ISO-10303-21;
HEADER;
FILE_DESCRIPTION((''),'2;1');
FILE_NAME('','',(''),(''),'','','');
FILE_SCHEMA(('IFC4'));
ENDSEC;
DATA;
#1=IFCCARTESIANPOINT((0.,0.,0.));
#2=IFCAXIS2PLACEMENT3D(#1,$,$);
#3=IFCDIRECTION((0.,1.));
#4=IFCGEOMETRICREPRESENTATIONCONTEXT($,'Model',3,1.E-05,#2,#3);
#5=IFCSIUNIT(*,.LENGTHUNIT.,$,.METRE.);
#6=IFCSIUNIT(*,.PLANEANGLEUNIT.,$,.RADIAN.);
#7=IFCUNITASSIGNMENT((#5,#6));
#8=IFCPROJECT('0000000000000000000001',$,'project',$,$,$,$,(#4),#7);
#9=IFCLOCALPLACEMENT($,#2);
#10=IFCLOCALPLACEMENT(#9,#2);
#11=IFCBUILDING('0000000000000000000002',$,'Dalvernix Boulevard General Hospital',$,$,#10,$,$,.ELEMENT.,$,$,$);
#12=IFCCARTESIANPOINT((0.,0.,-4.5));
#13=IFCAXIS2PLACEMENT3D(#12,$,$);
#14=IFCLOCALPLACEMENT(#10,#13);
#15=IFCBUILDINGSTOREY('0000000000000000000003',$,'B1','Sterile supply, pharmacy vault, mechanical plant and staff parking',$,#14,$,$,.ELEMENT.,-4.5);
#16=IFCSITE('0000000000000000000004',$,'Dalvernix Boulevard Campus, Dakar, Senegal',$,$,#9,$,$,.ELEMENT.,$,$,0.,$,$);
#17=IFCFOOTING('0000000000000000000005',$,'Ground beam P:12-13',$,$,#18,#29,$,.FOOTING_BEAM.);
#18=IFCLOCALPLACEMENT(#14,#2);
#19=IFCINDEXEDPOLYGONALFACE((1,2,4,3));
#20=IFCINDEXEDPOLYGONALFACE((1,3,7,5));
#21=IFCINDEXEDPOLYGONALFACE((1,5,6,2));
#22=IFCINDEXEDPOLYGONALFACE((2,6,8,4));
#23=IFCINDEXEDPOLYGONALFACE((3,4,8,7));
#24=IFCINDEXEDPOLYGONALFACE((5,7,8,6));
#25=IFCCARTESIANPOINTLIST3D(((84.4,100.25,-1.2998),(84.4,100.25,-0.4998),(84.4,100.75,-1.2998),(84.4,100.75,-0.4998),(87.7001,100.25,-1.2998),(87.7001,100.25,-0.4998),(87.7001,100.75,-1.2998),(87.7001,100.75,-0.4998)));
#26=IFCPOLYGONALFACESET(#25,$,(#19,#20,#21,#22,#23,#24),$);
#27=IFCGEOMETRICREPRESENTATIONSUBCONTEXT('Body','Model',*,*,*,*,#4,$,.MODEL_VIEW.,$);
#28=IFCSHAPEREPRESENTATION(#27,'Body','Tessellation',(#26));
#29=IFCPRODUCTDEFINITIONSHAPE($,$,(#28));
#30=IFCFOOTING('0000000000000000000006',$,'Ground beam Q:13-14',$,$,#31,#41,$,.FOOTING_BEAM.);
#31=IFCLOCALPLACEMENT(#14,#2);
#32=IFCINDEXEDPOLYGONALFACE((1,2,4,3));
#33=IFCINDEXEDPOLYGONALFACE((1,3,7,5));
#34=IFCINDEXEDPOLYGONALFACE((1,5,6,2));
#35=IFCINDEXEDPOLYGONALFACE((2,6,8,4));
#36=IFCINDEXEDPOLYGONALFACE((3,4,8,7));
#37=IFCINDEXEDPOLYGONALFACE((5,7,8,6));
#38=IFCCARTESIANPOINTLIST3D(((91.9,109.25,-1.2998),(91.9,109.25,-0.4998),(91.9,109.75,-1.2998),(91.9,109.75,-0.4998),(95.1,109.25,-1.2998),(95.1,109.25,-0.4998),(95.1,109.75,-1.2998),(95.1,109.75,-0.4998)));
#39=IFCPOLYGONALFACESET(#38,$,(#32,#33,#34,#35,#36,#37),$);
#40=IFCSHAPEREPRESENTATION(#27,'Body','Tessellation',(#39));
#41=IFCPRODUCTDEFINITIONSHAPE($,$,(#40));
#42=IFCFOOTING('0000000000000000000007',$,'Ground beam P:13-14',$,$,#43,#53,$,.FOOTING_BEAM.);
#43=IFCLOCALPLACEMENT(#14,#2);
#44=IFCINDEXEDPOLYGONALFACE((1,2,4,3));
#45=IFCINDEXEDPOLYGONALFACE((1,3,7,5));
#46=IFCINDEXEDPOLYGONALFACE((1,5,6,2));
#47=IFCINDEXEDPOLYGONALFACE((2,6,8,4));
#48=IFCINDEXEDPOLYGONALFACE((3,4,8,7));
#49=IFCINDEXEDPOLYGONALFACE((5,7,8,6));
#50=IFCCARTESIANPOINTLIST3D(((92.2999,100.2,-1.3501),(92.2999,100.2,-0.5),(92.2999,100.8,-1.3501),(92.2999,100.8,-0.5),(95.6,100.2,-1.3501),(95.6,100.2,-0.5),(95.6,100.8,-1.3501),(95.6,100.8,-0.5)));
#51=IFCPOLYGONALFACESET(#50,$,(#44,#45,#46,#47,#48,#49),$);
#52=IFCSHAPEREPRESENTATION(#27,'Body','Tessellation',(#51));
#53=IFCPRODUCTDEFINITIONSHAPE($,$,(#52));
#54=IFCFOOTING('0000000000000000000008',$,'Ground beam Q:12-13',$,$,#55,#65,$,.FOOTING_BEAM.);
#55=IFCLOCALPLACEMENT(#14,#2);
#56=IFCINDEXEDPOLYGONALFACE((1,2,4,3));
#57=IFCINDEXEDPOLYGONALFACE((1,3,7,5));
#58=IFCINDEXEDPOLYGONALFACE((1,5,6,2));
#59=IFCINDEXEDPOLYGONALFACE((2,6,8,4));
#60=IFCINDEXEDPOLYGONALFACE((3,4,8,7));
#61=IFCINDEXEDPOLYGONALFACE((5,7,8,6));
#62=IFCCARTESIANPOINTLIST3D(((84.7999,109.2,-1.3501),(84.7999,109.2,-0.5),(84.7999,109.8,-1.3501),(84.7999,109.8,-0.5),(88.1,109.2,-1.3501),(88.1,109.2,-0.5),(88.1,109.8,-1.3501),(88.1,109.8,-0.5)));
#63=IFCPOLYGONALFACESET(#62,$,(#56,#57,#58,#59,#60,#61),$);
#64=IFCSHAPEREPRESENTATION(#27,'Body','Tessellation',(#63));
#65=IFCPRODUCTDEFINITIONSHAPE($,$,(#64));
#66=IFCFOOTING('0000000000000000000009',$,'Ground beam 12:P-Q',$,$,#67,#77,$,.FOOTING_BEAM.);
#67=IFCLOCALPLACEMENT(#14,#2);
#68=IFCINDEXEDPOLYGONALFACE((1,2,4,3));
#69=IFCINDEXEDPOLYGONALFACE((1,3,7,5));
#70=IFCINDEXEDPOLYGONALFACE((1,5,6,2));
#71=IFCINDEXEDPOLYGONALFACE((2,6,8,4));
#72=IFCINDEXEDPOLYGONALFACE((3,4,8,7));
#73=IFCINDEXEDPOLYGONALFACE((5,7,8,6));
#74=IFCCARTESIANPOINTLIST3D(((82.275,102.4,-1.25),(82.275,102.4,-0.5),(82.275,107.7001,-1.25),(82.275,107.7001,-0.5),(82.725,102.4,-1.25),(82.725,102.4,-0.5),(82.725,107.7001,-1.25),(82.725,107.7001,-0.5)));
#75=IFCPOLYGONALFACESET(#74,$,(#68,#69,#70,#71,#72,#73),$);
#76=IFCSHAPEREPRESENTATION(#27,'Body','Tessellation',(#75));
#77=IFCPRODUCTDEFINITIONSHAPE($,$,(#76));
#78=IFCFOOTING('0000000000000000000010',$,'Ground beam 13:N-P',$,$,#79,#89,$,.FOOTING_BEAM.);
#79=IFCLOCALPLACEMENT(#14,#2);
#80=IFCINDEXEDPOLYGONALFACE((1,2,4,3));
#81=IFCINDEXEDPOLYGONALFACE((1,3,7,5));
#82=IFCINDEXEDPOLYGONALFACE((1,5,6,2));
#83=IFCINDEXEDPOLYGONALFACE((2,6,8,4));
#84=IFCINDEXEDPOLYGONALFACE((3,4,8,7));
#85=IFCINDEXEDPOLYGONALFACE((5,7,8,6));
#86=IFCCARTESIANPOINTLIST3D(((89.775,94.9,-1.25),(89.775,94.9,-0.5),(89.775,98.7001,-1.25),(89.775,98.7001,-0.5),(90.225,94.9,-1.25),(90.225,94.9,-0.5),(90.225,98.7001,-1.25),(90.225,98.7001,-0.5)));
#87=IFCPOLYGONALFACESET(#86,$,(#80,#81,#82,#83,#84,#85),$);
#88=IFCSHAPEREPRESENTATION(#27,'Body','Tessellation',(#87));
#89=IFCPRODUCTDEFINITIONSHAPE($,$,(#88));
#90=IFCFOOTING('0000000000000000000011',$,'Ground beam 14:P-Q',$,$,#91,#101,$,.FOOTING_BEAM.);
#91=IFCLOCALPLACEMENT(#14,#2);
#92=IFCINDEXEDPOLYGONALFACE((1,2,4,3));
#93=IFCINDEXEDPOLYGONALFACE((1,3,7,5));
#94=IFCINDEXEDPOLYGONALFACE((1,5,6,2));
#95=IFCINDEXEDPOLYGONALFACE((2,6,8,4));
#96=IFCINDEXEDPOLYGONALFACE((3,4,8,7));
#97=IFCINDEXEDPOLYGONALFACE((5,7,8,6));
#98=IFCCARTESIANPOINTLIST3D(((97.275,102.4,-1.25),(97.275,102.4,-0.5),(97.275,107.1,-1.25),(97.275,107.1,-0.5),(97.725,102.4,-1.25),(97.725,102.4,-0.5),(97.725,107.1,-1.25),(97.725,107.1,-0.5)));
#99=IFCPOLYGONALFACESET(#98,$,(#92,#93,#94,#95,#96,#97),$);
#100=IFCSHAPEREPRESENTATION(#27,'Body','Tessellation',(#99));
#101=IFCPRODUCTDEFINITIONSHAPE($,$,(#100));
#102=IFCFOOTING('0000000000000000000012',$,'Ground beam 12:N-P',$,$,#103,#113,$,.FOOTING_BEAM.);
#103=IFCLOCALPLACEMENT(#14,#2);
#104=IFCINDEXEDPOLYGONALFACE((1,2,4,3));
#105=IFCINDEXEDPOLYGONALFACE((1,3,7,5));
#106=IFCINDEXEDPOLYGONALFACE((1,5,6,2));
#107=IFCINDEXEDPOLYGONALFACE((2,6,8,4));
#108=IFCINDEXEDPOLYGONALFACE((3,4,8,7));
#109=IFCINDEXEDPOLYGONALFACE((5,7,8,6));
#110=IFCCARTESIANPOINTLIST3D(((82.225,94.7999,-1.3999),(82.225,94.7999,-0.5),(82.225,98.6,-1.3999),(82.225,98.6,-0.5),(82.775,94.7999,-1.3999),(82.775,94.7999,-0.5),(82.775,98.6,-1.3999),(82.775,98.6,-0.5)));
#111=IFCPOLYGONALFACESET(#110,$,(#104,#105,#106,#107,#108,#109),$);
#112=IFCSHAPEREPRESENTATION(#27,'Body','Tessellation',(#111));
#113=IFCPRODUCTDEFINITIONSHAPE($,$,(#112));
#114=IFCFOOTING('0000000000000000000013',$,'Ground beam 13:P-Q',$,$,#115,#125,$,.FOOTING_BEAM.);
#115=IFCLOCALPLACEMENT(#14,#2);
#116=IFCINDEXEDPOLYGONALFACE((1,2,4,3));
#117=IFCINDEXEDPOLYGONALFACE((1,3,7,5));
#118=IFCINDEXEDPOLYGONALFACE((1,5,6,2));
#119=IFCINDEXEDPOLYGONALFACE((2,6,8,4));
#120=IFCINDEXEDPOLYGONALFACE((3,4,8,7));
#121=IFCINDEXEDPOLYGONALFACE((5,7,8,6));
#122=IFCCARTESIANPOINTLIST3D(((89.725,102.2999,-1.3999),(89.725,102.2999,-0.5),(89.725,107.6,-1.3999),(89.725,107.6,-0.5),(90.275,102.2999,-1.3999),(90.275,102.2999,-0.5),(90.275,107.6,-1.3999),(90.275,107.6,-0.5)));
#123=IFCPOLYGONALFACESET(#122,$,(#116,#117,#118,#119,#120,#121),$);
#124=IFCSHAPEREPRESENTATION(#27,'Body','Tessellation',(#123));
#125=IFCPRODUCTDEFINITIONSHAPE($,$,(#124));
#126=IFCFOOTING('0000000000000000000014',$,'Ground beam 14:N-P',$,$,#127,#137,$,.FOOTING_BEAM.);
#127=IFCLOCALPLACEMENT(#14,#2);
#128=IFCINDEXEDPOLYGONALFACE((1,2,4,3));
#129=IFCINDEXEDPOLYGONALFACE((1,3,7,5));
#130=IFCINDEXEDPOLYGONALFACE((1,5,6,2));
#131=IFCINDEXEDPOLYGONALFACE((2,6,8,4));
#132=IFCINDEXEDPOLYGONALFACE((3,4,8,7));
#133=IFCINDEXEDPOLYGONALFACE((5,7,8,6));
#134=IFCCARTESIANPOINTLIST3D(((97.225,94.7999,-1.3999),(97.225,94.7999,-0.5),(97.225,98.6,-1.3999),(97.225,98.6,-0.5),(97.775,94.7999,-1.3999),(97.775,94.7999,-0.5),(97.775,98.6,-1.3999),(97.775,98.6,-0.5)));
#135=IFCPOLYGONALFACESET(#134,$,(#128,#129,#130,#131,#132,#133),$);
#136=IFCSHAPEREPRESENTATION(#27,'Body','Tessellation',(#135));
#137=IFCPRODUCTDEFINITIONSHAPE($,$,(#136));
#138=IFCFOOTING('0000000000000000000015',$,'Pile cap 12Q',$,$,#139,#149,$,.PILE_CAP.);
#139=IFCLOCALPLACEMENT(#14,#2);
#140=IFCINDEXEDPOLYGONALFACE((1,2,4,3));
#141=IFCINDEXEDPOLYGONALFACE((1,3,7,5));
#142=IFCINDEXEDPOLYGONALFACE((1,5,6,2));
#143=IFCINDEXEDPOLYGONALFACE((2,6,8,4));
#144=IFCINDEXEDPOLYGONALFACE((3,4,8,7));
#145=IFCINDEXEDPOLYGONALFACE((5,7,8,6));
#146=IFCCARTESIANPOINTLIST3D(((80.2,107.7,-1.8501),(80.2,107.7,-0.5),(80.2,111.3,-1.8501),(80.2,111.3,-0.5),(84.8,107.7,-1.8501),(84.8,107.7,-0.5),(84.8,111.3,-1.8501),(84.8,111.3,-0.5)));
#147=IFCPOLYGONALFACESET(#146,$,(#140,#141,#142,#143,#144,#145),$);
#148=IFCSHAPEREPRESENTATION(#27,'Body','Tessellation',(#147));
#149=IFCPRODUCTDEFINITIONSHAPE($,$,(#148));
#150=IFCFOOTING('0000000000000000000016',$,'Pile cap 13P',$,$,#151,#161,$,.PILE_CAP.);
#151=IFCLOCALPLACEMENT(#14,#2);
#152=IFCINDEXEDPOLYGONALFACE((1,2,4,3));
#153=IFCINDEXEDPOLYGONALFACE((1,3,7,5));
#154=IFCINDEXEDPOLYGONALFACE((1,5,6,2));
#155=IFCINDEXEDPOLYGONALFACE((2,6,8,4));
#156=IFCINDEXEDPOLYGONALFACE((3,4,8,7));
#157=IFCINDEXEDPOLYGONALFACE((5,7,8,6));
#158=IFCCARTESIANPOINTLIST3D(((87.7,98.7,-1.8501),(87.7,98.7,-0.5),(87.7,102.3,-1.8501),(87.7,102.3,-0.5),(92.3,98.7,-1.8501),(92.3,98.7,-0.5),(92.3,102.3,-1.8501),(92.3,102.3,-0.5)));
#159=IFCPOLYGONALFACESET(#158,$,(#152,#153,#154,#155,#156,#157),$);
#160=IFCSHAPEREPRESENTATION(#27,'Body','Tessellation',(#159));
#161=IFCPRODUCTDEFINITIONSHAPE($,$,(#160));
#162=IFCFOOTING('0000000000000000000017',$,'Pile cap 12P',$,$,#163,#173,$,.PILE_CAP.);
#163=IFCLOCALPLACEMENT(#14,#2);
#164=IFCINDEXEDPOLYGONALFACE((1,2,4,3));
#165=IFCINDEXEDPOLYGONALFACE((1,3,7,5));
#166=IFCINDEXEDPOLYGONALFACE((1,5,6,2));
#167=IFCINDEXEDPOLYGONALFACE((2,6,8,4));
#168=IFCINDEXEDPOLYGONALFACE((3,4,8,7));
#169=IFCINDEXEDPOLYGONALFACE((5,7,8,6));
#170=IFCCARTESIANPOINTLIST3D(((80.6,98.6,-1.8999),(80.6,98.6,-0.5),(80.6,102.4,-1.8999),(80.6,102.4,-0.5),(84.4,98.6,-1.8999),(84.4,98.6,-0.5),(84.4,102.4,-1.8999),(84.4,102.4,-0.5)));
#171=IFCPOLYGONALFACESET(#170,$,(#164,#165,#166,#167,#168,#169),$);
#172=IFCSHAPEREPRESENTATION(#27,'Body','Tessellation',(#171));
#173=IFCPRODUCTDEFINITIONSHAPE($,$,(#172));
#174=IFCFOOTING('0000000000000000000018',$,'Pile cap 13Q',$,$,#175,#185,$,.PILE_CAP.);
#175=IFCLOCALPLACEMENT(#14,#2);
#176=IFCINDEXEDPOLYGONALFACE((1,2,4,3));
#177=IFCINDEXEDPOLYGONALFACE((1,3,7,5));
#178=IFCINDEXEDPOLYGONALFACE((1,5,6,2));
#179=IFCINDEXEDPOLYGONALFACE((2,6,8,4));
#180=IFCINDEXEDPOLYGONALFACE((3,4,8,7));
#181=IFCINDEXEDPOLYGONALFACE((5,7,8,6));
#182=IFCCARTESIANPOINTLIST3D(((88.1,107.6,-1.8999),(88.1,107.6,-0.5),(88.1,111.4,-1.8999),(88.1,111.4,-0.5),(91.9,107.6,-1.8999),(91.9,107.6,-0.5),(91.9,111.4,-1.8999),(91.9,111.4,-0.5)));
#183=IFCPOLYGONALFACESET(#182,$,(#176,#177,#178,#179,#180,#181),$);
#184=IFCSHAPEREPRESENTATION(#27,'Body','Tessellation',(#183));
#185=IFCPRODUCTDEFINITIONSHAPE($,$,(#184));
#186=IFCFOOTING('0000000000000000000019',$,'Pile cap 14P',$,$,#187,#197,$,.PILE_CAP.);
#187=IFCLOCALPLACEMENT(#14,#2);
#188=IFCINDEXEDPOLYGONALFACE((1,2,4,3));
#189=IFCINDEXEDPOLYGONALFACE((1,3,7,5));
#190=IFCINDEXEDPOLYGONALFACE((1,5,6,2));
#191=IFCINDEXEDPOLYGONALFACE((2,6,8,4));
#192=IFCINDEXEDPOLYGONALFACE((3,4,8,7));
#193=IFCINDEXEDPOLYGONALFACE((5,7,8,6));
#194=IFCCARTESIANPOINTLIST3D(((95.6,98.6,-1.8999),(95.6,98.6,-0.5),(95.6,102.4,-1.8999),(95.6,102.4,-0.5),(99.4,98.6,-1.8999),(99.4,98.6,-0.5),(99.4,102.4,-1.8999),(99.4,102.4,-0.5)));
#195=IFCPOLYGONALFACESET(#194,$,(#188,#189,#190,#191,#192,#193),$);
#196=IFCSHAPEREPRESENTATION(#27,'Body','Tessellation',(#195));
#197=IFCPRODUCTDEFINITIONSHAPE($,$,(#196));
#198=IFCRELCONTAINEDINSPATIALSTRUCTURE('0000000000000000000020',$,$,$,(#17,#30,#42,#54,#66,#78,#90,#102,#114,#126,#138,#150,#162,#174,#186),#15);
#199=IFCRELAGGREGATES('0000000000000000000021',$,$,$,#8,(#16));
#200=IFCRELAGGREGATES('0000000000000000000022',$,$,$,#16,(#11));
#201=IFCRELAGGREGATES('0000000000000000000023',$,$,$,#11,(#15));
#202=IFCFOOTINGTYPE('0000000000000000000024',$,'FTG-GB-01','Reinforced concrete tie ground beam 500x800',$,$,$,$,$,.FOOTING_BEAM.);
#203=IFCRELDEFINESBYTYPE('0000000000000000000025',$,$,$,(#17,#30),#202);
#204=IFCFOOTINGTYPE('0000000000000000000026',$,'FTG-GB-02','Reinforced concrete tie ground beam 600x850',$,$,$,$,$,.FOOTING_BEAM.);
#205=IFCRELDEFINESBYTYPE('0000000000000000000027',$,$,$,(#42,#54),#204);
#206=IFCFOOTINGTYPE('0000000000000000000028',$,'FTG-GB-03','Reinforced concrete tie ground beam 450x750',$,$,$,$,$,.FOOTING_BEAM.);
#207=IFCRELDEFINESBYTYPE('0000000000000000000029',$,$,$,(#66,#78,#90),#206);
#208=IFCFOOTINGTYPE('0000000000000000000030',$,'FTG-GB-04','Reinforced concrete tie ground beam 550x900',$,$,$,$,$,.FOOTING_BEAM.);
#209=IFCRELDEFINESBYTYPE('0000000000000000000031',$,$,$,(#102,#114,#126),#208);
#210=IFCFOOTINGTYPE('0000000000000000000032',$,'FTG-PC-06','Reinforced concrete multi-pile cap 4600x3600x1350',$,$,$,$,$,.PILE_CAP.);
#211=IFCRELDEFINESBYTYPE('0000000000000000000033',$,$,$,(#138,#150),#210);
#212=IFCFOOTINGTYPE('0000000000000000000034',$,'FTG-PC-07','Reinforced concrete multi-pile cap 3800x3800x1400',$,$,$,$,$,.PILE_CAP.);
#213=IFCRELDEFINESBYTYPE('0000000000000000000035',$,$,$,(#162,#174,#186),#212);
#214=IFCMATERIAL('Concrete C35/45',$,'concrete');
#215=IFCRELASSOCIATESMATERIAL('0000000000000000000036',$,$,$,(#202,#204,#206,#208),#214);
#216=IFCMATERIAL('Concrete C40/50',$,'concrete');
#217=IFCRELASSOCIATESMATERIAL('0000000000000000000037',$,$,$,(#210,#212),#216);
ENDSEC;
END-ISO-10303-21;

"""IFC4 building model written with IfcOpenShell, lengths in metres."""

from ifc_helpers import new_model, si_unit, direction, frame, origin, origin_2d, place, context, subcontext, project, spatial, rectangle, extrude, material, type_object, element, save


model = new_model("IFC4")

# Units and contexts
model_context = context("Model", 3, precision=1e-05, world=origin(), true_north=direction((0.0, 1.0)))
body_context = subcontext(model_context, "Body", "Model", "MODEL_VIEW")
ifc_project = project(units=[si_unit("LENGTHUNIT", "METRE"), si_unit("PLANEANGLEUNIT", "RADIAN")], contexts=[model_context])

# Site, building, storey
site_placement = place(None, origin())
site = spatial("IfcSite", under=ifc_project, at=site_placement, Name="Dalvernix Boulevard Campus, Dakar, Senegal", CompositionType="ELEMENT", RefElevation=0.0)
building_placement = place(site_placement, origin())
building = spatial("IfcBuilding", under=site, at=building_placement, Name="Dalvernix Boulevard General Hospital", CompositionType="ELEMENT")
storey_placement = place(building_placement, frame((0.0, 0.0, -4.5)))
storey = spatial("IfcBuildingStorey", under=building, at=storey_placement, Name="B1", Description="Sterile supply, pharmacy vault, mechanical plant and staff parking", CompositionType="ELEMENT", Elevation=-4.5)

# Footings
ifc_material_1 = material(Name="Concrete C35/45", Category="concrete")
footing_type_1 = type_object("IfcFootingType", Name="FTG-GB-01", Description="Reinforced concrete tie ground beam 500x800", PredefinedType="FOOTING_BEAM", material=ifc_material_1)
footing_1_placement = place(storey_placement, frame((86.05, 100.5, -1.2998), z_axis=(0.0, 0.0, 1.0), x_axis=(1.0, 0.0, 0.0)))
element("IfcFooting", 1, at=footing_1_placement, inside=storey, type_object=footing_type_1, Name="Ground beam P:12-13", PredefinedType="FOOTING_BEAM", context=body_context, shape_type="SweptSolid", body=[
    extrude(rectangle(XDim=3.3, YDim=0.5, at=origin_2d()), origin(), (0.0, 0.0, 1.0), 0.8),
])
footing_2_placement = place(storey_placement, frame((93.5, 109.5, -1.2998), z_axis=(0.0, 0.0, 1.0), x_axis=(1.0, 0.0, 0.0)))
element("IfcFooting", 2, at=footing_2_placement, inside=storey, type_object=footing_type_1, Name="Ground beam Q:13-14", PredefinedType="FOOTING_BEAM", context=body_context, shape_type="SweptSolid", body=[
    extrude(rectangle(XDim=3.2, YDim=0.5, at=origin_2d()), origin(), (0.0, 0.0, 1.0), 0.8),
])
footing_type_2 = type_object("IfcFootingType", Name="FTG-GB-02", Description="Reinforced concrete tie ground beam 600x850", PredefinedType="FOOTING_BEAM", material=ifc_material_1)
for number, where, z_axis, x_axis, name in (
    (3, (93.95, 100.5, -1.3501), (0.0, 0.0, 1.0), (1.0, 0.0, 0.0), "Ground beam P:13-14"),
    (4, (86.45, 109.5, -1.3501), (0.0, 0.0, 1.0), (1.0, 0.0, 0.0), "Ground beam Q:12-13"),
):
    element("IfcFooting", number, at=place(storey_placement, frame(where, z_axis=z_axis, x_axis=x_axis)), inside=storey, type_object=footing_type_2, Name=name, PredefinedType="FOOTING_BEAM", context=body_context, shape_type="SweptSolid", body=[
        extrude(rectangle(XDim=3.3, YDim=0.6001, at=origin_2d()), origin(), (0.0, 0.0, 1.0), 0.8501),
    ])
footing_type_3 = type_object("IfcFootingType", Name="FTG-GB-03", Description="Reinforced concrete tie ground beam 450x750", PredefinedType="FOOTING_BEAM", material=ifc_material_1)
footing_3_placement = place(storey_placement, frame((82.5, 105.05, -1.25), z_axis=(0.0, 0.0, 1.0), x_axis=(0.0, 1.0, 0.0)))
element("IfcFooting", 5, at=footing_3_placement, inside=storey, type_object=footing_type_3, Name="Ground beam 12:P-Q", PredefinedType="FOOTING_BEAM", context=body_context, shape_type="SweptSolid", body=[
    extrude(rectangle(XDim=5.3, YDim=0.45, at=origin_2d()), origin(), (0.0, 0.0, 1.0), 0.75),
])
footing_4_placement = place(storey_placement, frame((90.0, 96.8, -1.25), z_axis=(0.0, 0.0, 1.0), x_axis=(0.0, 1.0, 0.0)))
element("IfcFooting", 6, at=footing_4_placement, inside=storey, type_object=footing_type_3, Name="Ground beam 13:N-P", PredefinedType="FOOTING_BEAM", context=body_context, shape_type="SweptSolid", body=[
    extrude(rectangle(XDim=3.8, YDim=0.45, at=origin_2d()), origin(), (0.0, 0.0, 1.0), 0.75),
])
footing_5_placement = place(storey_placement, frame((97.5, 104.75, -1.25), z_axis=(0.0, 0.0, 1.0), x_axis=(0.0, 1.0, 0.0)))
element("IfcFooting", 7, at=footing_5_placement, inside=storey, type_object=footing_type_3, Name="Ground beam 14:P-Q", PredefinedType="FOOTING_BEAM", context=body_context, shape_type="SweptSolid", body=[
    extrude(rectangle(XDim=4.7, YDim=0.45, at=origin_2d()), origin(), (0.0, 0.0, 1.0), 0.75),
])
footing_type_4 = type_object("IfcFootingType", Name="FTG-GB-04", Description="Reinforced concrete tie ground beam 550x900", PredefinedType="FOOTING_BEAM", material=ifc_material_1)
footing_6_placement = place(storey_placement, frame((82.5, 96.7, -1.3999), z_axis=(0.0, 0.0, 1.0), x_axis=(0.0, 1.0, 0.0)))
element("IfcFooting", 8, at=footing_6_placement, inside=storey, type_object=footing_type_4, Name="Ground beam 12:N-P", PredefinedType="FOOTING_BEAM", context=body_context, shape_type="SweptSolid", body=[
    extrude(rectangle(XDim=3.8, YDim=0.55, at=origin_2d()), origin(), (0.0, 0.0, 1.0), 0.8999),
])
footing_7_placement = place(storey_placement, frame((90.0, 104.95, -1.3999), z_axis=(0.0, 0.0, 1.0), x_axis=(0.0, 1.0, 0.0)))
element("IfcFooting", 9, at=footing_7_placement, inside=storey, type_object=footing_type_4, Name="Ground beam 13:P-Q", PredefinedType="FOOTING_BEAM", context=body_context, shape_type="SweptSolid", body=[
    extrude(rectangle(XDim=5.3, YDim=0.55, at=origin_2d()), origin(), (0.0, 0.0, 1.0), 0.8999),
])
footing_8_placement = place(storey_placement, frame((97.5, 96.7, -1.3999), z_axis=(0.0, 0.0, 1.0), x_axis=(0.0, 1.0, 0.0)))
element("IfcFooting", 10, at=footing_8_placement, inside=storey, type_object=footing_type_4, Name="Ground beam 14:N-P", PredefinedType="FOOTING_BEAM", context=body_context, shape_type="SweptSolid", body=[
    extrude(rectangle(XDim=3.8, YDim=0.55, at=origin_2d()), origin(), (0.0, 0.0, 1.0), 0.8999),
])
ifc_material_2 = material(Name="Concrete C40/50", Category="concrete")
footing_type_5 = type_object("IfcFootingType", Name="FTG-PC-06", Description="Reinforced concrete multi-pile cap 4600x3600x1350", PredefinedType="PILE_CAP", material=ifc_material_2)
for number, where, z_axis, x_axis, name in (
    (11, (82.5, 109.5, -1.8501), (0.0, 0.0, 1.0), (1.0, 0.0, 0.0), "Pile cap 12Q"),
    (12, (90.0, 100.5, -1.8501), (0.0, 0.0, 1.0), (1.0, 0.0, 0.0), "Pile cap 13P"),
):
    element("IfcFooting", number, at=place(storey_placement, frame(where, z_axis=z_axis, x_axis=x_axis)), inside=storey, type_object=footing_type_5, Name=name, PredefinedType="PILE_CAP", context=body_context, shape_type="SweptSolid", body=[
        extrude(rectangle(XDim=4.6001, YDim=3.6001, at=origin_2d()), origin(), (0.0, 0.0, 1.0), 1.3501),
    ])
footing_type_6 = type_object("IfcFootingType", Name="FTG-PC-07", Description="Reinforced concrete multi-pile cap 3800x3800x1400", PredefinedType="PILE_CAP", material=ifc_material_2)
for number, where, z_axis, x_axis, name in (
    (13, (82.5, 100.5, -1.8999), (0.0, 0.0, 1.0), (1.0, 0.0, 0.0), "Pile cap 12P"),
    (14, (90.0, 109.5, -1.8999), (0.0, 0.0, 1.0), (1.0, 0.0, 0.0), "Pile cap 13Q"),
    (15, (97.5, 100.5, -1.8999), (0.0, 0.0, 1.0), (1.0, 0.0, 0.0), "Pile cap 14P"),
):
    element("IfcFooting", number, at=place(storey_placement, frame(where, z_axis=z_axis, x_axis=x_axis)), inside=storey, type_object=footing_type_6, Name=name, PredefinedType="PILE_CAP", context=body_context, shape_type="SweptSolid", body=[
        extrude(rectangle(XDim=3.8, YDim=3.8, at=origin_2d()), origin(), (0.0, 0.0, 1.0), 1.3999),
    ])

save(model, "model.ifc")
